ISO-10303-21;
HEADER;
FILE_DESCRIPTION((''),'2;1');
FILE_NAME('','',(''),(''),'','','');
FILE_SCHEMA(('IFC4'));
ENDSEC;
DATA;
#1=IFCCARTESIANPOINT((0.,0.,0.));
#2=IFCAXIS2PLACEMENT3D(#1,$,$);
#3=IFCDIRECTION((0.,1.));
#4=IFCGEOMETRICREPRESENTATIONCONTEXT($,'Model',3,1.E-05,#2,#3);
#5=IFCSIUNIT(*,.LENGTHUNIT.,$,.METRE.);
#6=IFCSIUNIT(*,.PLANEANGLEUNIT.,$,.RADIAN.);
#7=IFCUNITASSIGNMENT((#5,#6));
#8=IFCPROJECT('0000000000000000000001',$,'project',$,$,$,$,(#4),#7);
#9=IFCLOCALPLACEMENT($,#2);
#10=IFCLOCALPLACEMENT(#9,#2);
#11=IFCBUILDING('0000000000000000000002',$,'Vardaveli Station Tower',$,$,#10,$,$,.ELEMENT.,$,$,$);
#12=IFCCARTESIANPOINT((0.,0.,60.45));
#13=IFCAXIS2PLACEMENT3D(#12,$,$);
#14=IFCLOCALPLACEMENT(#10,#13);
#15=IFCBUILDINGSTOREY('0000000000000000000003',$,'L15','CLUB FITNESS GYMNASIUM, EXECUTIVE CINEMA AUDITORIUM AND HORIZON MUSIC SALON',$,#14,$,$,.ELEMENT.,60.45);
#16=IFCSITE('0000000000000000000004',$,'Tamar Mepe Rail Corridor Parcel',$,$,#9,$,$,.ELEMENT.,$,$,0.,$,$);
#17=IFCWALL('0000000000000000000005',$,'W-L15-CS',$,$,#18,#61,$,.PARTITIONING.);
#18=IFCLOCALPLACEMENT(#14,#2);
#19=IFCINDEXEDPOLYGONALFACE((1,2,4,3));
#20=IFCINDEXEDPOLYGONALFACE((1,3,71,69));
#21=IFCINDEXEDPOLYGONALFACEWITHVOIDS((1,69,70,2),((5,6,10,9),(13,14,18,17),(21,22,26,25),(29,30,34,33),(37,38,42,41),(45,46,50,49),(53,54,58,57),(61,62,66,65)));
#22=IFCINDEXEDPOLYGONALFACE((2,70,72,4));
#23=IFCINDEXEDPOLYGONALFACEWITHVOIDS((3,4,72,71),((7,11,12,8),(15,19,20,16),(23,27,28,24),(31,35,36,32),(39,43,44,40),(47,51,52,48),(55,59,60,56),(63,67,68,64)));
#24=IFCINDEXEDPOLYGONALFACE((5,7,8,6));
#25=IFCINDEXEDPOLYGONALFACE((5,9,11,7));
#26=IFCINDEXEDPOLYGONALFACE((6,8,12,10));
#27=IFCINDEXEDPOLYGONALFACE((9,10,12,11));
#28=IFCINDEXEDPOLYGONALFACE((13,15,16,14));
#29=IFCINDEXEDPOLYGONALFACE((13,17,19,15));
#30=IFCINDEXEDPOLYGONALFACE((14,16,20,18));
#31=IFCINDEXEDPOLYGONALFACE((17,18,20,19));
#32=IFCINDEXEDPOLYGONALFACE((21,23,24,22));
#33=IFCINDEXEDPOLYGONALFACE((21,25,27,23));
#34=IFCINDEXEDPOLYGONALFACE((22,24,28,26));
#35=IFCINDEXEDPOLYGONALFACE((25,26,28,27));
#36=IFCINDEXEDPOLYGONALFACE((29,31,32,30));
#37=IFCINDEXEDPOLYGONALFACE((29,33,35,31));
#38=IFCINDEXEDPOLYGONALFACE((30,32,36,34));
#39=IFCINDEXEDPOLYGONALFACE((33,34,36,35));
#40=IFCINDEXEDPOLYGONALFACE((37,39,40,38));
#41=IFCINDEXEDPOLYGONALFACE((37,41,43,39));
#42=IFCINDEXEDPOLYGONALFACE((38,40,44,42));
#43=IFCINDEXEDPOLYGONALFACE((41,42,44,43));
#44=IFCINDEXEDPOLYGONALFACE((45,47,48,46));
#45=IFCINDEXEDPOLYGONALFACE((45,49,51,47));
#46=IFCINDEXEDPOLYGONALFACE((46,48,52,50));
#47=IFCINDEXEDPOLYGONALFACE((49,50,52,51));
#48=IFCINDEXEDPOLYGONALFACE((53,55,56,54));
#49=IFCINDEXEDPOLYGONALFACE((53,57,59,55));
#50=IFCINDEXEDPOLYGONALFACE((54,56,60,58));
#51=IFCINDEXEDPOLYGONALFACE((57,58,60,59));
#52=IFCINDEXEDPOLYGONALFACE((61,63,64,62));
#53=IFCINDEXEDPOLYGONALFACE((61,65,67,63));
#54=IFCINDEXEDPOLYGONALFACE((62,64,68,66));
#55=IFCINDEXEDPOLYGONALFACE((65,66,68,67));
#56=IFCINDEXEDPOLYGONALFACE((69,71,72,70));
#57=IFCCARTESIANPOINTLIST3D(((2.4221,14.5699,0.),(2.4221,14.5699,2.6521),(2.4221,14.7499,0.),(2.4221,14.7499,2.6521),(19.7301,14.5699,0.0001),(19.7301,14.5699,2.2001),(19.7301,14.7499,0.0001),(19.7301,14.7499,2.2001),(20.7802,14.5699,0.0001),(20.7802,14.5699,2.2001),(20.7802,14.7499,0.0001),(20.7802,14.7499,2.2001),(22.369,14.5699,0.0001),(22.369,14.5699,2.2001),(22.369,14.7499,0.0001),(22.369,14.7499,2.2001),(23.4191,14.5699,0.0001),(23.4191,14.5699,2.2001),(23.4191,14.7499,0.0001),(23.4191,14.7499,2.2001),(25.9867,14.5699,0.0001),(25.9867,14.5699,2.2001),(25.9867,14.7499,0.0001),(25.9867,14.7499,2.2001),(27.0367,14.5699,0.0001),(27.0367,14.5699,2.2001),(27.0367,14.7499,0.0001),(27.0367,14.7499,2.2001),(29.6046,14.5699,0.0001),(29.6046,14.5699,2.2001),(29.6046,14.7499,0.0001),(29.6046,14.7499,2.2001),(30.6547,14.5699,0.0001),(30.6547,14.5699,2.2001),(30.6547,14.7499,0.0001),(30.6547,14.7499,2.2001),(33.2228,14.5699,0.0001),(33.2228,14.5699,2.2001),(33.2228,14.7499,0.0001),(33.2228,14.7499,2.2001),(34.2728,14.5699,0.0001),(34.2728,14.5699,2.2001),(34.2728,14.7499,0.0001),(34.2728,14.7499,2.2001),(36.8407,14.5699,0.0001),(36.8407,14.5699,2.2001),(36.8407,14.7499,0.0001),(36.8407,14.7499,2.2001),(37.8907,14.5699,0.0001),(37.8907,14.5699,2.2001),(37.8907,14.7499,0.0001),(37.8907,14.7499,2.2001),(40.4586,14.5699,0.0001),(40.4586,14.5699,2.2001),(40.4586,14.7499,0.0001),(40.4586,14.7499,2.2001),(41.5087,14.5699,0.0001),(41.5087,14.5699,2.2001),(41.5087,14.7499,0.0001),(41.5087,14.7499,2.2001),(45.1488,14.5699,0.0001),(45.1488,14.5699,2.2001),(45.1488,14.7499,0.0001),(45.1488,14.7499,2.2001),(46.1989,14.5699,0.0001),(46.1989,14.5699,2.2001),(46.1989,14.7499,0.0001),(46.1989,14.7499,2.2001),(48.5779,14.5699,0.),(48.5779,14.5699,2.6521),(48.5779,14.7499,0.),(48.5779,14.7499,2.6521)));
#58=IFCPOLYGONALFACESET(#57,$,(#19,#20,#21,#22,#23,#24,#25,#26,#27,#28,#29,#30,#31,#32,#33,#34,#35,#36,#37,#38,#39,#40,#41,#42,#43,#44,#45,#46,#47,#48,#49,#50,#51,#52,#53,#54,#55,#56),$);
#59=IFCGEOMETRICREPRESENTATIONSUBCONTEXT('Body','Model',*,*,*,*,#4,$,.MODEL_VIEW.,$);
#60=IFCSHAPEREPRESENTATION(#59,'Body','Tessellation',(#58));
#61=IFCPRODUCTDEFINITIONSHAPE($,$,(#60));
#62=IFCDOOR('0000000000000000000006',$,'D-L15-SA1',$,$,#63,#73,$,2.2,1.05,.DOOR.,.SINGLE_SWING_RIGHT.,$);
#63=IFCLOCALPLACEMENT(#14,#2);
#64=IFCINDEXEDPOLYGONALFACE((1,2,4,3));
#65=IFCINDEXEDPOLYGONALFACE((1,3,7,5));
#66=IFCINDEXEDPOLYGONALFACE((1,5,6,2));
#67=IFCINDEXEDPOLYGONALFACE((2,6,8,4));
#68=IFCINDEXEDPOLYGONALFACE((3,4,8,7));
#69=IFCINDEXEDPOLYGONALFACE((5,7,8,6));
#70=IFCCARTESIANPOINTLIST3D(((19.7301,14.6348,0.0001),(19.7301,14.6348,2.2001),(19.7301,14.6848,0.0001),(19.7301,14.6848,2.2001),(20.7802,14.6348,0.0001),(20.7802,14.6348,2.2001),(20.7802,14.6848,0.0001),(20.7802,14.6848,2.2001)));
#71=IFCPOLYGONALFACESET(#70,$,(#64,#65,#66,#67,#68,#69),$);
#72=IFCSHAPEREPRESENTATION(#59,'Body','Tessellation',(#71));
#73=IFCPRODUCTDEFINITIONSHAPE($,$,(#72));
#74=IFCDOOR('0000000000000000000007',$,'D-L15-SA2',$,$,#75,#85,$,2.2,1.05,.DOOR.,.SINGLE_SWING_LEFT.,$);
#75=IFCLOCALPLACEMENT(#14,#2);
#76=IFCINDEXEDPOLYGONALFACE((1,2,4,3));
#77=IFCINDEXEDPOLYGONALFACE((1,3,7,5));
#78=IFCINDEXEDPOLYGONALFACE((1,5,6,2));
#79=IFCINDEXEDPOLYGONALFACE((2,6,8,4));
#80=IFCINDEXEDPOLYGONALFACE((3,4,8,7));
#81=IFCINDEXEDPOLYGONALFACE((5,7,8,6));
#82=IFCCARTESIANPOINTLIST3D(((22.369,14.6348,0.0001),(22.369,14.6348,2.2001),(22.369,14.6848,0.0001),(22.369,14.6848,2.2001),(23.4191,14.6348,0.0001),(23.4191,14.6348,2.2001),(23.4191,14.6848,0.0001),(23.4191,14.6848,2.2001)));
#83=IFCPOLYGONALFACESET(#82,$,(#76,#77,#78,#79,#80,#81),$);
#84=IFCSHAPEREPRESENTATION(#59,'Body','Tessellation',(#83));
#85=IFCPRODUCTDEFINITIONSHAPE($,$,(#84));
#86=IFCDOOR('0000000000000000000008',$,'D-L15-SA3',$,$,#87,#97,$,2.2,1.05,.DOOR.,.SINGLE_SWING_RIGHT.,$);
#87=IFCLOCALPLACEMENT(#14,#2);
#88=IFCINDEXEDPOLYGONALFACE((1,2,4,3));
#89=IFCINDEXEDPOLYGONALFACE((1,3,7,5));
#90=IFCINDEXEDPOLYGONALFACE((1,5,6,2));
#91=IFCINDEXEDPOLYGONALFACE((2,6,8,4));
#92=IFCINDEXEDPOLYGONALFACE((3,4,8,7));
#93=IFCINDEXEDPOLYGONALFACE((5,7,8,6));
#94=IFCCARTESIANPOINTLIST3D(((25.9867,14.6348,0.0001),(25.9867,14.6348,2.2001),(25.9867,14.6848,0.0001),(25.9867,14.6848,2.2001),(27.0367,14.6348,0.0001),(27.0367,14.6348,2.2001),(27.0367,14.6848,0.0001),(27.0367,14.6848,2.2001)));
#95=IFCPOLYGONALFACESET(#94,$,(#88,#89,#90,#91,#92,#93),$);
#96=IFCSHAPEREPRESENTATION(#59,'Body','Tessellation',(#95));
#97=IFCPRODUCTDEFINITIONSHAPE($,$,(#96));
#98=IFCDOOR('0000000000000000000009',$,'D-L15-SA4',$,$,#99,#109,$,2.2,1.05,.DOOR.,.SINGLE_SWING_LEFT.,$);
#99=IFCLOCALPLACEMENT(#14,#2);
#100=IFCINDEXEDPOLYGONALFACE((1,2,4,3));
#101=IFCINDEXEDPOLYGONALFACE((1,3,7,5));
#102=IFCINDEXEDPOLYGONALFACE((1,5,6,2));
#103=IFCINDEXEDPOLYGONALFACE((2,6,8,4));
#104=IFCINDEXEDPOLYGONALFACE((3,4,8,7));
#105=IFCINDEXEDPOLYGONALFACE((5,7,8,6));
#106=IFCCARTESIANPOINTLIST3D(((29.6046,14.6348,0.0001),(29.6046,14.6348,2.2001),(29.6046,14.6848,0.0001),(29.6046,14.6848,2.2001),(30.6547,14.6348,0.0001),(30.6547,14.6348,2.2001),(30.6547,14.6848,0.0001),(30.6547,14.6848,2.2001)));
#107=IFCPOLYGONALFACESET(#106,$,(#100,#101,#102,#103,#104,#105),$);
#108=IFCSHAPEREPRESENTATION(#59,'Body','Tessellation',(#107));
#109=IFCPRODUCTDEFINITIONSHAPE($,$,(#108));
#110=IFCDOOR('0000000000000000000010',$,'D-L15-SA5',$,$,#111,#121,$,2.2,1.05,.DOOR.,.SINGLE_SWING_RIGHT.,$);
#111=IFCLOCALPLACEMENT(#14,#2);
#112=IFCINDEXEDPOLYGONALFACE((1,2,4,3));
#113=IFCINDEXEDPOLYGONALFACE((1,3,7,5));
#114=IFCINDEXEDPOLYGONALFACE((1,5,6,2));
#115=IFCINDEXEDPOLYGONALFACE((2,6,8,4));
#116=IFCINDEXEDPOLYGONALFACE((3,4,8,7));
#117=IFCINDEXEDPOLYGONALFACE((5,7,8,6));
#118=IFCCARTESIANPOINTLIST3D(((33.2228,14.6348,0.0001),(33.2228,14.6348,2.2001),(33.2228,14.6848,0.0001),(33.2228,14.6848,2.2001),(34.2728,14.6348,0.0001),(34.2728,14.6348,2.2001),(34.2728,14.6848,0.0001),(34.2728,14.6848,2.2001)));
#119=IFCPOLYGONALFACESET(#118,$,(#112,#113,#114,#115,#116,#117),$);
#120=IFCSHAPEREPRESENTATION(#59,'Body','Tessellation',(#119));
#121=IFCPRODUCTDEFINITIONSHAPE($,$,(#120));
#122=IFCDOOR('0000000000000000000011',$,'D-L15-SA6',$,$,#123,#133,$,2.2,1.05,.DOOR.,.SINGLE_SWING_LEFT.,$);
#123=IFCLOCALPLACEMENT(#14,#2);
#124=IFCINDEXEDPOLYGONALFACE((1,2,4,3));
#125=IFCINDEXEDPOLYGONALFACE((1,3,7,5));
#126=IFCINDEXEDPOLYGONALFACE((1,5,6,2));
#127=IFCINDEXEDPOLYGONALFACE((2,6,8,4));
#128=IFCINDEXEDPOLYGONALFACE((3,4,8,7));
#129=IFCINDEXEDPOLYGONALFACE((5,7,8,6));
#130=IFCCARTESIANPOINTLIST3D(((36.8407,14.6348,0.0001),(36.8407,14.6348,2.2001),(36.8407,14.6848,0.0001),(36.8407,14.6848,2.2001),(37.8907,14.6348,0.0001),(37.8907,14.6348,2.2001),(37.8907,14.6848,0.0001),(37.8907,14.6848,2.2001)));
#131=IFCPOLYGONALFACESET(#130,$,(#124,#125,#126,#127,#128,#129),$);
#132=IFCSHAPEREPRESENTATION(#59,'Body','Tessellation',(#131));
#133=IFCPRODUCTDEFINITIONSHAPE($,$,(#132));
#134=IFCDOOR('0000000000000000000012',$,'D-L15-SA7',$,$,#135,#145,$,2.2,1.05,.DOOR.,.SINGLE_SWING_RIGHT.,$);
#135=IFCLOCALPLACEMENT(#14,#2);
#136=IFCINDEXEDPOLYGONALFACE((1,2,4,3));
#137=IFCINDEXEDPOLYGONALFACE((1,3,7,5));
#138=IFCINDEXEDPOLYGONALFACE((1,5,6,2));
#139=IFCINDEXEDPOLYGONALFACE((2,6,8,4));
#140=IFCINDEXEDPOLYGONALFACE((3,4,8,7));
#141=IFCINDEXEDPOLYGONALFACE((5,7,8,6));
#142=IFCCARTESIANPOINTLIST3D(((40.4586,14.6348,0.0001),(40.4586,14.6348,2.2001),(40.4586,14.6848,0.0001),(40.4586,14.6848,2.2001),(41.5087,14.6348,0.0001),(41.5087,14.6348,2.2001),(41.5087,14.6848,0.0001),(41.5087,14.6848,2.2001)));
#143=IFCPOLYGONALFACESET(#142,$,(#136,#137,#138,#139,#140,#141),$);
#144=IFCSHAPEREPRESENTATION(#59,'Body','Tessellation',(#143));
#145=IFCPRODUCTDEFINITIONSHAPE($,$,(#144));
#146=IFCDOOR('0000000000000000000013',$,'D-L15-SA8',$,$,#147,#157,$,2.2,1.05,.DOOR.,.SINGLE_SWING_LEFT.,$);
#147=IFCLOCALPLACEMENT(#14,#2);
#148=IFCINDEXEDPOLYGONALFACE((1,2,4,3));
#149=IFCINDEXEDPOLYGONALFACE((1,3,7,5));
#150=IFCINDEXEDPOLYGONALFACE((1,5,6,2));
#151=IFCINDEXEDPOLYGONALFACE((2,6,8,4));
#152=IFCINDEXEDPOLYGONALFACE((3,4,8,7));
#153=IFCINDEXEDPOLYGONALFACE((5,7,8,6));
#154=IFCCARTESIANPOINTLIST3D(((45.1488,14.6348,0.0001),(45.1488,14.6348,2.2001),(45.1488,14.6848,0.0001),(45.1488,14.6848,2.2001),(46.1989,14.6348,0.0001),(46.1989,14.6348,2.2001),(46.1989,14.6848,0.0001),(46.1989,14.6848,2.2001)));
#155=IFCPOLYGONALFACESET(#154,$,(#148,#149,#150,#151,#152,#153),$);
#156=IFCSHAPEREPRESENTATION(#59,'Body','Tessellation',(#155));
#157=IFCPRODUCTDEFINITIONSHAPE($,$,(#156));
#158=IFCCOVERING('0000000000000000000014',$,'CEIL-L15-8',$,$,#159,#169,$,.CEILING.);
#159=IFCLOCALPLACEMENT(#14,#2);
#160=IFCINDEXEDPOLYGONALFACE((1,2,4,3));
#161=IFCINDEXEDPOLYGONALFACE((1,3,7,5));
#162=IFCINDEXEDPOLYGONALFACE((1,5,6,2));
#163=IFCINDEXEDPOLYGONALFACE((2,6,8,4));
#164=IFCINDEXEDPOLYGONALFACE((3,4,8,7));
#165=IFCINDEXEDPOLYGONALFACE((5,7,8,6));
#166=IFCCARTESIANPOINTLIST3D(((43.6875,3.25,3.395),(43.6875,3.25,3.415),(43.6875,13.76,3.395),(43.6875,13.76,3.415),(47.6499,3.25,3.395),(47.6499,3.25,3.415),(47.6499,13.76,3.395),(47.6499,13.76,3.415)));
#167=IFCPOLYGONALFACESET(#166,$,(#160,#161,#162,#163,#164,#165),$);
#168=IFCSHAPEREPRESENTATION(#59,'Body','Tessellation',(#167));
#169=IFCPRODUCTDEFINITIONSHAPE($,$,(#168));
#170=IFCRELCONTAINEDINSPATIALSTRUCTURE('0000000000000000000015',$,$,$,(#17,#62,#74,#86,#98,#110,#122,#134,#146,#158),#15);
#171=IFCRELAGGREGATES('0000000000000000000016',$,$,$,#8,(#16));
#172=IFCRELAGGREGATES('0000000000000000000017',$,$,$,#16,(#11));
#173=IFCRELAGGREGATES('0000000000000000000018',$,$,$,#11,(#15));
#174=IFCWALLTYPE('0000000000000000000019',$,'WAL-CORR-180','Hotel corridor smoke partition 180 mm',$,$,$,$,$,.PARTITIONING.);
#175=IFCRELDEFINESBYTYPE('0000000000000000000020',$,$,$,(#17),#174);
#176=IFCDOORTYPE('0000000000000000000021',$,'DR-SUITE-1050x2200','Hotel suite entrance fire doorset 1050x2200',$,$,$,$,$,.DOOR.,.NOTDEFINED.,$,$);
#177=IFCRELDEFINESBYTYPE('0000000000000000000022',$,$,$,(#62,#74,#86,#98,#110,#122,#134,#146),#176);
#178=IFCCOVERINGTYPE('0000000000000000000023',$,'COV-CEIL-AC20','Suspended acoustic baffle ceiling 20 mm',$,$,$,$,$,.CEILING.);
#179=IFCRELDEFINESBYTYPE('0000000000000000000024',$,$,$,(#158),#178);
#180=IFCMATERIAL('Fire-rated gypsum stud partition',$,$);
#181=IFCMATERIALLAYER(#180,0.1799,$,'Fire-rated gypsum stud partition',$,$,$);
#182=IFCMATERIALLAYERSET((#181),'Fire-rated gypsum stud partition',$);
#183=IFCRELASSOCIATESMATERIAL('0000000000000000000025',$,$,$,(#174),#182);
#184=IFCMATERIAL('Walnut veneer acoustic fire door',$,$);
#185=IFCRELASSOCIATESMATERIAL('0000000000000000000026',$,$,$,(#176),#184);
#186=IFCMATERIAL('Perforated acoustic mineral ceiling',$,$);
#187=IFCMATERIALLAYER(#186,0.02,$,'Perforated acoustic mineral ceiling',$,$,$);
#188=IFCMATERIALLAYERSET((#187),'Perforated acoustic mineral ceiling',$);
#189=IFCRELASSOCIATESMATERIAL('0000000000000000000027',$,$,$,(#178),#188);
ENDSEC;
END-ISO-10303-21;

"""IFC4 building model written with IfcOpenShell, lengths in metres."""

from ifc_helpers import new_model, si_unit, direction, frame, frame_2d, origin, place, context, subcontext, project, spatial, polyline, rectangle, outline, extrude, source, transform, mapped, material, layer, layer_set, type_object, element, fill, save


model = new_model("IFC4")

# Units and contexts
model_context = context("Model", 3, precision=1e-05, world=origin(), true_north=direction((0.0, 1.0)))
body_context = subcontext(model_context, "Body", "Model", "MODEL_VIEW")
ifc_project = project(units=[si_unit("LENGTHUNIT", "METRE"), si_unit("PLANEANGLEUNIT", "RADIAN")], contexts=[model_context])

# Site, building, storey
site_placement = place(None, origin())
site = spatial("IfcSite", under=ifc_project, at=site_placement, Name="Tamar Mepe Rail Corridor Parcel", CompositionType="ELEMENT", RefElevation=0.0)
building_placement = place(site_placement, origin())
building = spatial("IfcBuilding", under=site, at=building_placement, Name="Vardaveli Station Tower", CompositionType="ELEMENT")
storey_placement = place(building_placement, frame((0.0, 0.0, 60.45)))
storey = spatial("IfcBuildingStorey", under=building, at=storey_placement, Name="L15", Description="CLUB FITNESS GYMNASIUM, EXECUTIVE CINEMA AUDITORIUM AND HORIZON MUSIC SALON", CompositionType="ELEMENT", Elevation=60.45)

# Wall, openings, doors
ifc_material_1 = material(Name="Fire-rated gypsum stud partition")
ifc_layer_1 = layer(ifc_material_1, 0.1799, Name="Fire-rated gypsum stud partition")
ifc_layer_set_1 = layer_set([ifc_layer_1], Name="Fire-rated gypsum stud partition")
wall_type_1 = type_object("IfcWallType", Name="WAL-CORR-180", Description="Hotel corridor smoke partition 180 mm", PredefinedType="PARTITIONING", material=ifc_layer_set_1)
shared_shape_1 = source(origin(), body_context, "Body", "SweptSolid", [
    extrude(rectangle(XDim=46.1558, YDim=0.1799, at=frame_2d((23.0779, 0.0))), origin(), (0.0, 0.0, 1.0), 2.6521),
])
wall_1_placement = place(storey_placement, frame((2.4221, 14.6599, 0.0), z_axis=(0.0, 0.0, 1.0), x_axis=(1.0, 0.0, 0.0)))
wall_1 = element("IfcWall", 1, at=wall_1_placement, inside=storey, type_object=wall_type_1, Name="W-L15-CS", PredefinedType="PARTITIONING", context=body_context, shape_type="MappedRepresentation", body=[
    mapped(shared_shape_1, transform((0.0, 0.0, 0.0), scale=1.0)),
])
shared_shape_2 = source(origin(), body_context, "Body", "SweptSolid", [
    extrude(rectangle(XDim=1.05, YDim=2.2, at=frame_2d((0.5249, 1.1001))), frame((0.0, 0.1001, 0.0), z_axis=(0.0, -1.0, 0.0), x_axis=(1.0, 0.0, 0.0)), (0.0, 0.0, 1.0), 0.2),
])
opening_1_placement = place(wall_1_placement, frame((17.3081, 0.0, 0.0)))
opening_1 = element("IfcOpeningElement", 2, at=opening_1_placement, cuts=wall_1, PredefinedType="OPENING", context=body_context, shape_type="MappedRepresentation", body=[
    mapped(shared_shape_2, transform((0.0, 0.0, 0.0), scale=1.0)),
])
opening_2_placement = place(wall_1_placement, frame((19.947, 0.0, 0.0)))
opening_2 = element("IfcOpeningElement", 3, at=opening_2_placement, cuts=wall_1, PredefinedType="OPENING", context=body_context, shape_type="MappedRepresentation", body=[
    mapped(shared_shape_2, transform((0.0, 0.0, 0.0), scale=1.0)),
])
opening_3_placement = place(wall_1_placement, frame((23.5647, 0.0, 0.0)))
opening_3 = element("IfcOpeningElement", 4, at=opening_3_placement, cuts=wall_1, PredefinedType="OPENING", context=body_context, shape_type="MappedRepresentation", body=[
    mapped(shared_shape_2, transform((0.0, 0.0, 0.0), scale=1.0)),
])
opening_4_placement = place(wall_1_placement, frame((27.1826, 0.0, 0.0)))
opening_4 = element("IfcOpeningElement", 5, at=opening_4_placement, cuts=wall_1, PredefinedType="OPENING", context=body_context, shape_type="MappedRepresentation", body=[
    mapped(shared_shape_2, transform((0.0, 0.0, 0.0), scale=1.0)),
])
opening_5_placement = place(wall_1_placement, frame((30.8008, 0.0, 0.0)))
opening_5 = element("IfcOpeningElement", 6, at=opening_5_placement, cuts=wall_1, PredefinedType="OPENING", context=body_context, shape_type="MappedRepresentation", body=[
    mapped(shared_shape_2, transform((0.0, 0.0, 0.0), scale=1.0)),
])
opening_6_placement = place(wall_1_placement, frame((34.4187, 0.0, 0.0)))
opening_6 = element("IfcOpeningElement", 7, at=opening_6_placement, cuts=wall_1, PredefinedType="OPENING", context=body_context, shape_type="MappedRepresentation", body=[
    mapped(shared_shape_2, transform((0.0, 0.0, 0.0), scale=1.0)),
])
opening_7_placement = place(wall_1_placement, frame((38.0366, 0.0, 0.0)))
opening_7 = element("IfcOpeningElement", 8, at=opening_7_placement, cuts=wall_1, PredefinedType="OPENING", context=body_context, shape_type="MappedRepresentation", body=[
    mapped(shared_shape_2, transform((0.0, 0.0, 0.0), scale=1.0)),
])
opening_8_placement = place(wall_1_placement, frame((42.7268, 0.0, 0.0)))
opening_8 = element("IfcOpeningElement", 9, at=opening_8_placement, cuts=wall_1, PredefinedType="OPENING", context=body_context, shape_type="MappedRepresentation", body=[
    mapped(shared_shape_2, transform((0.0, 0.0, 0.0), scale=1.0)),
])
ifc_material_2 = material(Name="Walnut veneer acoustic fire door")
door_type_1 = type_object("IfcDoorType", Name="DR-SUITE-1050x2200", Description="Hotel suite entrance fire doorset 1050x2200", OperationType="NOTDEFINED", PredefinedType="DOOR", material=ifc_material_2)
shared_shape_3 = source(origin(), body_context, "Body", "SweptSolid", [
    extrude(rectangle(XDim=1.05, YDim=2.2, at=frame_2d((0.5249, 1.1001))), frame((0.0, 0.0249, 0.0), z_axis=(0.0, -1.0, 0.0), x_axis=(1.0, 0.0, 0.0)), (0.0, 0.0, 1.0), 0.05),
])
door_1_placement = place(opening_1_placement, origin())
door_1 = element("IfcDoor", 10, at=door_1_placement, inside=storey, type_object=door_type_1, Name="D-L15-SA1", OperationType="SINGLE_SWING_RIGHT", OverallHeight=2.2, OverallWidth=1.05, PredefinedType="DOOR", context=body_context, shape_type="MappedRepresentation", body=[
    mapped(shared_shape_3, transform((0.0, 0.0, 0.0), scale=1.0)),
])
fill(opening_1, door_1)
door_2_placement = place(opening_2_placement, origin())
door_2 = element("IfcDoor", 11, at=door_2_placement, inside=storey, type_object=door_type_1, Name="D-L15-SA2", OperationType="SINGLE_SWING_LEFT", OverallHeight=2.2, OverallWidth=1.05, PredefinedType="DOOR", context=body_context, shape_type="MappedRepresentation", body=[
    mapped(shared_shape_3, transform((0.0, 0.0, 0.0), scale=1.0)),
])
fill(opening_2, door_2)
door_3_placement = place(opening_3_placement, origin())
door_3 = element("IfcDoor", 12, at=door_3_placement, inside=storey, type_object=door_type_1, Name="D-L15-SA3", OperationType="SINGLE_SWING_RIGHT", OverallHeight=2.2, OverallWidth=1.05, PredefinedType="DOOR", context=body_context, shape_type="MappedRepresentation", body=[
    mapped(shared_shape_3, transform((0.0, 0.0, 0.0), scale=1.0)),
])
fill(opening_3, door_3)
door_4_placement = place(opening_4_placement, origin())
door_4 = element("IfcDoor", 13, at=door_4_placement, inside=storey, type_object=door_type_1, Name="D-L15-SA4", OperationType="SINGLE_SWING_LEFT", OverallHeight=2.2, OverallWidth=1.05, PredefinedType="DOOR", context=body_context, shape_type="MappedRepresentation", body=[
    mapped(shared_shape_3, transform((0.0, 0.0, 0.0), scale=1.0)),
])
fill(opening_4, door_4)
door_5_placement = place(opening_5_placement, origin())
door_5 = element("IfcDoor", 14, at=door_5_placement, inside=storey, type_object=door_type_1, Name="D-L15-SA5", OperationType="SINGLE_SWING_RIGHT", OverallHeight=2.2, OverallWidth=1.05, PredefinedType="DOOR", context=body_context, shape_type="MappedRepresentation", body=[
    mapped(shared_shape_3, transform((0.0, 0.0, 0.0), scale=1.0)),
])
fill(opening_5, door_5)
door_6_placement = place(opening_6_placement, origin())
door_6 = element("IfcDoor", 15, at=door_6_placement, inside=storey, type_object=door_type_1, Name="D-L15-SA6", OperationType="SINGLE_SWING_LEFT", OverallHeight=2.2, OverallWidth=1.05, PredefinedType="DOOR", context=body_context, shape_type="MappedRepresentation", body=[
    mapped(shared_shape_3, transform((0.0, 0.0, 0.0), scale=1.0)),
])
fill(opening_6, door_6)
door_7_placement = place(opening_7_placement, origin())
door_7 = element("IfcDoor", 16, at=door_7_placement, inside=storey, type_object=door_type_1, Name="D-L15-SA7", OperationType="SINGLE_SWING_RIGHT", OverallHeight=2.2, OverallWidth=1.05, PredefinedType="DOOR", context=body_context, shape_type="MappedRepresentation", body=[
    mapped(shared_shape_3, transform((0.0, 0.0, 0.0), scale=1.0)),
])
fill(opening_7, door_7)
door_8_placement = place(opening_8_placement, origin())
door_8 = element("IfcDoor", 17, at=door_8_placement, inside=storey, type_object=door_type_1, Name="D-L15-SA8", OperationType="SINGLE_SWING_LEFT", OverallHeight=2.2, OverallWidth=1.05, PredefinedType="DOOR", context=body_context, shape_type="MappedRepresentation", body=[
    mapped(shared_shape_3, transform((0.0, 0.0, 0.0), scale=1.0)),
])
fill(opening_8, door_8)

# Covering
ifc_material_3 = material(Name="Perforated acoustic mineral ceiling")
ifc_layer_2 = layer(ifc_material_3, 0.02, Name="Perforated acoustic mineral ceiling")
ifc_layer_set_2 = layer_set([ifc_layer_2], Name="Perforated acoustic mineral ceiling")
covering_type_1 = type_object("IfcCoveringType", Name="COV-CEIL-AC20", Description="Suspended acoustic baffle ceiling 20 mm", PredefinedType="CEILING", material=ifc_layer_set_2)
covering_1_placement = place(storey_placement, frame((0.0, 0.0, 3.395)))
element("IfcCovering", 18, at=covering_1_placement, inside=storey, type_object=covering_type_1, Name="CEIL-L15-8", PredefinedType="CEILING", context=body_context, shape_type="SweptSolid", body=[
    extrude(outline(polyline([(43.6875, 3.25), (47.6499, 3.25), (47.6499, 13.76), (43.6875, 13.76), (43.6875, 3.25)])), origin(), (0.0, 0.0, 1.0), 0.02),
])

save(model, "model.ifc")
